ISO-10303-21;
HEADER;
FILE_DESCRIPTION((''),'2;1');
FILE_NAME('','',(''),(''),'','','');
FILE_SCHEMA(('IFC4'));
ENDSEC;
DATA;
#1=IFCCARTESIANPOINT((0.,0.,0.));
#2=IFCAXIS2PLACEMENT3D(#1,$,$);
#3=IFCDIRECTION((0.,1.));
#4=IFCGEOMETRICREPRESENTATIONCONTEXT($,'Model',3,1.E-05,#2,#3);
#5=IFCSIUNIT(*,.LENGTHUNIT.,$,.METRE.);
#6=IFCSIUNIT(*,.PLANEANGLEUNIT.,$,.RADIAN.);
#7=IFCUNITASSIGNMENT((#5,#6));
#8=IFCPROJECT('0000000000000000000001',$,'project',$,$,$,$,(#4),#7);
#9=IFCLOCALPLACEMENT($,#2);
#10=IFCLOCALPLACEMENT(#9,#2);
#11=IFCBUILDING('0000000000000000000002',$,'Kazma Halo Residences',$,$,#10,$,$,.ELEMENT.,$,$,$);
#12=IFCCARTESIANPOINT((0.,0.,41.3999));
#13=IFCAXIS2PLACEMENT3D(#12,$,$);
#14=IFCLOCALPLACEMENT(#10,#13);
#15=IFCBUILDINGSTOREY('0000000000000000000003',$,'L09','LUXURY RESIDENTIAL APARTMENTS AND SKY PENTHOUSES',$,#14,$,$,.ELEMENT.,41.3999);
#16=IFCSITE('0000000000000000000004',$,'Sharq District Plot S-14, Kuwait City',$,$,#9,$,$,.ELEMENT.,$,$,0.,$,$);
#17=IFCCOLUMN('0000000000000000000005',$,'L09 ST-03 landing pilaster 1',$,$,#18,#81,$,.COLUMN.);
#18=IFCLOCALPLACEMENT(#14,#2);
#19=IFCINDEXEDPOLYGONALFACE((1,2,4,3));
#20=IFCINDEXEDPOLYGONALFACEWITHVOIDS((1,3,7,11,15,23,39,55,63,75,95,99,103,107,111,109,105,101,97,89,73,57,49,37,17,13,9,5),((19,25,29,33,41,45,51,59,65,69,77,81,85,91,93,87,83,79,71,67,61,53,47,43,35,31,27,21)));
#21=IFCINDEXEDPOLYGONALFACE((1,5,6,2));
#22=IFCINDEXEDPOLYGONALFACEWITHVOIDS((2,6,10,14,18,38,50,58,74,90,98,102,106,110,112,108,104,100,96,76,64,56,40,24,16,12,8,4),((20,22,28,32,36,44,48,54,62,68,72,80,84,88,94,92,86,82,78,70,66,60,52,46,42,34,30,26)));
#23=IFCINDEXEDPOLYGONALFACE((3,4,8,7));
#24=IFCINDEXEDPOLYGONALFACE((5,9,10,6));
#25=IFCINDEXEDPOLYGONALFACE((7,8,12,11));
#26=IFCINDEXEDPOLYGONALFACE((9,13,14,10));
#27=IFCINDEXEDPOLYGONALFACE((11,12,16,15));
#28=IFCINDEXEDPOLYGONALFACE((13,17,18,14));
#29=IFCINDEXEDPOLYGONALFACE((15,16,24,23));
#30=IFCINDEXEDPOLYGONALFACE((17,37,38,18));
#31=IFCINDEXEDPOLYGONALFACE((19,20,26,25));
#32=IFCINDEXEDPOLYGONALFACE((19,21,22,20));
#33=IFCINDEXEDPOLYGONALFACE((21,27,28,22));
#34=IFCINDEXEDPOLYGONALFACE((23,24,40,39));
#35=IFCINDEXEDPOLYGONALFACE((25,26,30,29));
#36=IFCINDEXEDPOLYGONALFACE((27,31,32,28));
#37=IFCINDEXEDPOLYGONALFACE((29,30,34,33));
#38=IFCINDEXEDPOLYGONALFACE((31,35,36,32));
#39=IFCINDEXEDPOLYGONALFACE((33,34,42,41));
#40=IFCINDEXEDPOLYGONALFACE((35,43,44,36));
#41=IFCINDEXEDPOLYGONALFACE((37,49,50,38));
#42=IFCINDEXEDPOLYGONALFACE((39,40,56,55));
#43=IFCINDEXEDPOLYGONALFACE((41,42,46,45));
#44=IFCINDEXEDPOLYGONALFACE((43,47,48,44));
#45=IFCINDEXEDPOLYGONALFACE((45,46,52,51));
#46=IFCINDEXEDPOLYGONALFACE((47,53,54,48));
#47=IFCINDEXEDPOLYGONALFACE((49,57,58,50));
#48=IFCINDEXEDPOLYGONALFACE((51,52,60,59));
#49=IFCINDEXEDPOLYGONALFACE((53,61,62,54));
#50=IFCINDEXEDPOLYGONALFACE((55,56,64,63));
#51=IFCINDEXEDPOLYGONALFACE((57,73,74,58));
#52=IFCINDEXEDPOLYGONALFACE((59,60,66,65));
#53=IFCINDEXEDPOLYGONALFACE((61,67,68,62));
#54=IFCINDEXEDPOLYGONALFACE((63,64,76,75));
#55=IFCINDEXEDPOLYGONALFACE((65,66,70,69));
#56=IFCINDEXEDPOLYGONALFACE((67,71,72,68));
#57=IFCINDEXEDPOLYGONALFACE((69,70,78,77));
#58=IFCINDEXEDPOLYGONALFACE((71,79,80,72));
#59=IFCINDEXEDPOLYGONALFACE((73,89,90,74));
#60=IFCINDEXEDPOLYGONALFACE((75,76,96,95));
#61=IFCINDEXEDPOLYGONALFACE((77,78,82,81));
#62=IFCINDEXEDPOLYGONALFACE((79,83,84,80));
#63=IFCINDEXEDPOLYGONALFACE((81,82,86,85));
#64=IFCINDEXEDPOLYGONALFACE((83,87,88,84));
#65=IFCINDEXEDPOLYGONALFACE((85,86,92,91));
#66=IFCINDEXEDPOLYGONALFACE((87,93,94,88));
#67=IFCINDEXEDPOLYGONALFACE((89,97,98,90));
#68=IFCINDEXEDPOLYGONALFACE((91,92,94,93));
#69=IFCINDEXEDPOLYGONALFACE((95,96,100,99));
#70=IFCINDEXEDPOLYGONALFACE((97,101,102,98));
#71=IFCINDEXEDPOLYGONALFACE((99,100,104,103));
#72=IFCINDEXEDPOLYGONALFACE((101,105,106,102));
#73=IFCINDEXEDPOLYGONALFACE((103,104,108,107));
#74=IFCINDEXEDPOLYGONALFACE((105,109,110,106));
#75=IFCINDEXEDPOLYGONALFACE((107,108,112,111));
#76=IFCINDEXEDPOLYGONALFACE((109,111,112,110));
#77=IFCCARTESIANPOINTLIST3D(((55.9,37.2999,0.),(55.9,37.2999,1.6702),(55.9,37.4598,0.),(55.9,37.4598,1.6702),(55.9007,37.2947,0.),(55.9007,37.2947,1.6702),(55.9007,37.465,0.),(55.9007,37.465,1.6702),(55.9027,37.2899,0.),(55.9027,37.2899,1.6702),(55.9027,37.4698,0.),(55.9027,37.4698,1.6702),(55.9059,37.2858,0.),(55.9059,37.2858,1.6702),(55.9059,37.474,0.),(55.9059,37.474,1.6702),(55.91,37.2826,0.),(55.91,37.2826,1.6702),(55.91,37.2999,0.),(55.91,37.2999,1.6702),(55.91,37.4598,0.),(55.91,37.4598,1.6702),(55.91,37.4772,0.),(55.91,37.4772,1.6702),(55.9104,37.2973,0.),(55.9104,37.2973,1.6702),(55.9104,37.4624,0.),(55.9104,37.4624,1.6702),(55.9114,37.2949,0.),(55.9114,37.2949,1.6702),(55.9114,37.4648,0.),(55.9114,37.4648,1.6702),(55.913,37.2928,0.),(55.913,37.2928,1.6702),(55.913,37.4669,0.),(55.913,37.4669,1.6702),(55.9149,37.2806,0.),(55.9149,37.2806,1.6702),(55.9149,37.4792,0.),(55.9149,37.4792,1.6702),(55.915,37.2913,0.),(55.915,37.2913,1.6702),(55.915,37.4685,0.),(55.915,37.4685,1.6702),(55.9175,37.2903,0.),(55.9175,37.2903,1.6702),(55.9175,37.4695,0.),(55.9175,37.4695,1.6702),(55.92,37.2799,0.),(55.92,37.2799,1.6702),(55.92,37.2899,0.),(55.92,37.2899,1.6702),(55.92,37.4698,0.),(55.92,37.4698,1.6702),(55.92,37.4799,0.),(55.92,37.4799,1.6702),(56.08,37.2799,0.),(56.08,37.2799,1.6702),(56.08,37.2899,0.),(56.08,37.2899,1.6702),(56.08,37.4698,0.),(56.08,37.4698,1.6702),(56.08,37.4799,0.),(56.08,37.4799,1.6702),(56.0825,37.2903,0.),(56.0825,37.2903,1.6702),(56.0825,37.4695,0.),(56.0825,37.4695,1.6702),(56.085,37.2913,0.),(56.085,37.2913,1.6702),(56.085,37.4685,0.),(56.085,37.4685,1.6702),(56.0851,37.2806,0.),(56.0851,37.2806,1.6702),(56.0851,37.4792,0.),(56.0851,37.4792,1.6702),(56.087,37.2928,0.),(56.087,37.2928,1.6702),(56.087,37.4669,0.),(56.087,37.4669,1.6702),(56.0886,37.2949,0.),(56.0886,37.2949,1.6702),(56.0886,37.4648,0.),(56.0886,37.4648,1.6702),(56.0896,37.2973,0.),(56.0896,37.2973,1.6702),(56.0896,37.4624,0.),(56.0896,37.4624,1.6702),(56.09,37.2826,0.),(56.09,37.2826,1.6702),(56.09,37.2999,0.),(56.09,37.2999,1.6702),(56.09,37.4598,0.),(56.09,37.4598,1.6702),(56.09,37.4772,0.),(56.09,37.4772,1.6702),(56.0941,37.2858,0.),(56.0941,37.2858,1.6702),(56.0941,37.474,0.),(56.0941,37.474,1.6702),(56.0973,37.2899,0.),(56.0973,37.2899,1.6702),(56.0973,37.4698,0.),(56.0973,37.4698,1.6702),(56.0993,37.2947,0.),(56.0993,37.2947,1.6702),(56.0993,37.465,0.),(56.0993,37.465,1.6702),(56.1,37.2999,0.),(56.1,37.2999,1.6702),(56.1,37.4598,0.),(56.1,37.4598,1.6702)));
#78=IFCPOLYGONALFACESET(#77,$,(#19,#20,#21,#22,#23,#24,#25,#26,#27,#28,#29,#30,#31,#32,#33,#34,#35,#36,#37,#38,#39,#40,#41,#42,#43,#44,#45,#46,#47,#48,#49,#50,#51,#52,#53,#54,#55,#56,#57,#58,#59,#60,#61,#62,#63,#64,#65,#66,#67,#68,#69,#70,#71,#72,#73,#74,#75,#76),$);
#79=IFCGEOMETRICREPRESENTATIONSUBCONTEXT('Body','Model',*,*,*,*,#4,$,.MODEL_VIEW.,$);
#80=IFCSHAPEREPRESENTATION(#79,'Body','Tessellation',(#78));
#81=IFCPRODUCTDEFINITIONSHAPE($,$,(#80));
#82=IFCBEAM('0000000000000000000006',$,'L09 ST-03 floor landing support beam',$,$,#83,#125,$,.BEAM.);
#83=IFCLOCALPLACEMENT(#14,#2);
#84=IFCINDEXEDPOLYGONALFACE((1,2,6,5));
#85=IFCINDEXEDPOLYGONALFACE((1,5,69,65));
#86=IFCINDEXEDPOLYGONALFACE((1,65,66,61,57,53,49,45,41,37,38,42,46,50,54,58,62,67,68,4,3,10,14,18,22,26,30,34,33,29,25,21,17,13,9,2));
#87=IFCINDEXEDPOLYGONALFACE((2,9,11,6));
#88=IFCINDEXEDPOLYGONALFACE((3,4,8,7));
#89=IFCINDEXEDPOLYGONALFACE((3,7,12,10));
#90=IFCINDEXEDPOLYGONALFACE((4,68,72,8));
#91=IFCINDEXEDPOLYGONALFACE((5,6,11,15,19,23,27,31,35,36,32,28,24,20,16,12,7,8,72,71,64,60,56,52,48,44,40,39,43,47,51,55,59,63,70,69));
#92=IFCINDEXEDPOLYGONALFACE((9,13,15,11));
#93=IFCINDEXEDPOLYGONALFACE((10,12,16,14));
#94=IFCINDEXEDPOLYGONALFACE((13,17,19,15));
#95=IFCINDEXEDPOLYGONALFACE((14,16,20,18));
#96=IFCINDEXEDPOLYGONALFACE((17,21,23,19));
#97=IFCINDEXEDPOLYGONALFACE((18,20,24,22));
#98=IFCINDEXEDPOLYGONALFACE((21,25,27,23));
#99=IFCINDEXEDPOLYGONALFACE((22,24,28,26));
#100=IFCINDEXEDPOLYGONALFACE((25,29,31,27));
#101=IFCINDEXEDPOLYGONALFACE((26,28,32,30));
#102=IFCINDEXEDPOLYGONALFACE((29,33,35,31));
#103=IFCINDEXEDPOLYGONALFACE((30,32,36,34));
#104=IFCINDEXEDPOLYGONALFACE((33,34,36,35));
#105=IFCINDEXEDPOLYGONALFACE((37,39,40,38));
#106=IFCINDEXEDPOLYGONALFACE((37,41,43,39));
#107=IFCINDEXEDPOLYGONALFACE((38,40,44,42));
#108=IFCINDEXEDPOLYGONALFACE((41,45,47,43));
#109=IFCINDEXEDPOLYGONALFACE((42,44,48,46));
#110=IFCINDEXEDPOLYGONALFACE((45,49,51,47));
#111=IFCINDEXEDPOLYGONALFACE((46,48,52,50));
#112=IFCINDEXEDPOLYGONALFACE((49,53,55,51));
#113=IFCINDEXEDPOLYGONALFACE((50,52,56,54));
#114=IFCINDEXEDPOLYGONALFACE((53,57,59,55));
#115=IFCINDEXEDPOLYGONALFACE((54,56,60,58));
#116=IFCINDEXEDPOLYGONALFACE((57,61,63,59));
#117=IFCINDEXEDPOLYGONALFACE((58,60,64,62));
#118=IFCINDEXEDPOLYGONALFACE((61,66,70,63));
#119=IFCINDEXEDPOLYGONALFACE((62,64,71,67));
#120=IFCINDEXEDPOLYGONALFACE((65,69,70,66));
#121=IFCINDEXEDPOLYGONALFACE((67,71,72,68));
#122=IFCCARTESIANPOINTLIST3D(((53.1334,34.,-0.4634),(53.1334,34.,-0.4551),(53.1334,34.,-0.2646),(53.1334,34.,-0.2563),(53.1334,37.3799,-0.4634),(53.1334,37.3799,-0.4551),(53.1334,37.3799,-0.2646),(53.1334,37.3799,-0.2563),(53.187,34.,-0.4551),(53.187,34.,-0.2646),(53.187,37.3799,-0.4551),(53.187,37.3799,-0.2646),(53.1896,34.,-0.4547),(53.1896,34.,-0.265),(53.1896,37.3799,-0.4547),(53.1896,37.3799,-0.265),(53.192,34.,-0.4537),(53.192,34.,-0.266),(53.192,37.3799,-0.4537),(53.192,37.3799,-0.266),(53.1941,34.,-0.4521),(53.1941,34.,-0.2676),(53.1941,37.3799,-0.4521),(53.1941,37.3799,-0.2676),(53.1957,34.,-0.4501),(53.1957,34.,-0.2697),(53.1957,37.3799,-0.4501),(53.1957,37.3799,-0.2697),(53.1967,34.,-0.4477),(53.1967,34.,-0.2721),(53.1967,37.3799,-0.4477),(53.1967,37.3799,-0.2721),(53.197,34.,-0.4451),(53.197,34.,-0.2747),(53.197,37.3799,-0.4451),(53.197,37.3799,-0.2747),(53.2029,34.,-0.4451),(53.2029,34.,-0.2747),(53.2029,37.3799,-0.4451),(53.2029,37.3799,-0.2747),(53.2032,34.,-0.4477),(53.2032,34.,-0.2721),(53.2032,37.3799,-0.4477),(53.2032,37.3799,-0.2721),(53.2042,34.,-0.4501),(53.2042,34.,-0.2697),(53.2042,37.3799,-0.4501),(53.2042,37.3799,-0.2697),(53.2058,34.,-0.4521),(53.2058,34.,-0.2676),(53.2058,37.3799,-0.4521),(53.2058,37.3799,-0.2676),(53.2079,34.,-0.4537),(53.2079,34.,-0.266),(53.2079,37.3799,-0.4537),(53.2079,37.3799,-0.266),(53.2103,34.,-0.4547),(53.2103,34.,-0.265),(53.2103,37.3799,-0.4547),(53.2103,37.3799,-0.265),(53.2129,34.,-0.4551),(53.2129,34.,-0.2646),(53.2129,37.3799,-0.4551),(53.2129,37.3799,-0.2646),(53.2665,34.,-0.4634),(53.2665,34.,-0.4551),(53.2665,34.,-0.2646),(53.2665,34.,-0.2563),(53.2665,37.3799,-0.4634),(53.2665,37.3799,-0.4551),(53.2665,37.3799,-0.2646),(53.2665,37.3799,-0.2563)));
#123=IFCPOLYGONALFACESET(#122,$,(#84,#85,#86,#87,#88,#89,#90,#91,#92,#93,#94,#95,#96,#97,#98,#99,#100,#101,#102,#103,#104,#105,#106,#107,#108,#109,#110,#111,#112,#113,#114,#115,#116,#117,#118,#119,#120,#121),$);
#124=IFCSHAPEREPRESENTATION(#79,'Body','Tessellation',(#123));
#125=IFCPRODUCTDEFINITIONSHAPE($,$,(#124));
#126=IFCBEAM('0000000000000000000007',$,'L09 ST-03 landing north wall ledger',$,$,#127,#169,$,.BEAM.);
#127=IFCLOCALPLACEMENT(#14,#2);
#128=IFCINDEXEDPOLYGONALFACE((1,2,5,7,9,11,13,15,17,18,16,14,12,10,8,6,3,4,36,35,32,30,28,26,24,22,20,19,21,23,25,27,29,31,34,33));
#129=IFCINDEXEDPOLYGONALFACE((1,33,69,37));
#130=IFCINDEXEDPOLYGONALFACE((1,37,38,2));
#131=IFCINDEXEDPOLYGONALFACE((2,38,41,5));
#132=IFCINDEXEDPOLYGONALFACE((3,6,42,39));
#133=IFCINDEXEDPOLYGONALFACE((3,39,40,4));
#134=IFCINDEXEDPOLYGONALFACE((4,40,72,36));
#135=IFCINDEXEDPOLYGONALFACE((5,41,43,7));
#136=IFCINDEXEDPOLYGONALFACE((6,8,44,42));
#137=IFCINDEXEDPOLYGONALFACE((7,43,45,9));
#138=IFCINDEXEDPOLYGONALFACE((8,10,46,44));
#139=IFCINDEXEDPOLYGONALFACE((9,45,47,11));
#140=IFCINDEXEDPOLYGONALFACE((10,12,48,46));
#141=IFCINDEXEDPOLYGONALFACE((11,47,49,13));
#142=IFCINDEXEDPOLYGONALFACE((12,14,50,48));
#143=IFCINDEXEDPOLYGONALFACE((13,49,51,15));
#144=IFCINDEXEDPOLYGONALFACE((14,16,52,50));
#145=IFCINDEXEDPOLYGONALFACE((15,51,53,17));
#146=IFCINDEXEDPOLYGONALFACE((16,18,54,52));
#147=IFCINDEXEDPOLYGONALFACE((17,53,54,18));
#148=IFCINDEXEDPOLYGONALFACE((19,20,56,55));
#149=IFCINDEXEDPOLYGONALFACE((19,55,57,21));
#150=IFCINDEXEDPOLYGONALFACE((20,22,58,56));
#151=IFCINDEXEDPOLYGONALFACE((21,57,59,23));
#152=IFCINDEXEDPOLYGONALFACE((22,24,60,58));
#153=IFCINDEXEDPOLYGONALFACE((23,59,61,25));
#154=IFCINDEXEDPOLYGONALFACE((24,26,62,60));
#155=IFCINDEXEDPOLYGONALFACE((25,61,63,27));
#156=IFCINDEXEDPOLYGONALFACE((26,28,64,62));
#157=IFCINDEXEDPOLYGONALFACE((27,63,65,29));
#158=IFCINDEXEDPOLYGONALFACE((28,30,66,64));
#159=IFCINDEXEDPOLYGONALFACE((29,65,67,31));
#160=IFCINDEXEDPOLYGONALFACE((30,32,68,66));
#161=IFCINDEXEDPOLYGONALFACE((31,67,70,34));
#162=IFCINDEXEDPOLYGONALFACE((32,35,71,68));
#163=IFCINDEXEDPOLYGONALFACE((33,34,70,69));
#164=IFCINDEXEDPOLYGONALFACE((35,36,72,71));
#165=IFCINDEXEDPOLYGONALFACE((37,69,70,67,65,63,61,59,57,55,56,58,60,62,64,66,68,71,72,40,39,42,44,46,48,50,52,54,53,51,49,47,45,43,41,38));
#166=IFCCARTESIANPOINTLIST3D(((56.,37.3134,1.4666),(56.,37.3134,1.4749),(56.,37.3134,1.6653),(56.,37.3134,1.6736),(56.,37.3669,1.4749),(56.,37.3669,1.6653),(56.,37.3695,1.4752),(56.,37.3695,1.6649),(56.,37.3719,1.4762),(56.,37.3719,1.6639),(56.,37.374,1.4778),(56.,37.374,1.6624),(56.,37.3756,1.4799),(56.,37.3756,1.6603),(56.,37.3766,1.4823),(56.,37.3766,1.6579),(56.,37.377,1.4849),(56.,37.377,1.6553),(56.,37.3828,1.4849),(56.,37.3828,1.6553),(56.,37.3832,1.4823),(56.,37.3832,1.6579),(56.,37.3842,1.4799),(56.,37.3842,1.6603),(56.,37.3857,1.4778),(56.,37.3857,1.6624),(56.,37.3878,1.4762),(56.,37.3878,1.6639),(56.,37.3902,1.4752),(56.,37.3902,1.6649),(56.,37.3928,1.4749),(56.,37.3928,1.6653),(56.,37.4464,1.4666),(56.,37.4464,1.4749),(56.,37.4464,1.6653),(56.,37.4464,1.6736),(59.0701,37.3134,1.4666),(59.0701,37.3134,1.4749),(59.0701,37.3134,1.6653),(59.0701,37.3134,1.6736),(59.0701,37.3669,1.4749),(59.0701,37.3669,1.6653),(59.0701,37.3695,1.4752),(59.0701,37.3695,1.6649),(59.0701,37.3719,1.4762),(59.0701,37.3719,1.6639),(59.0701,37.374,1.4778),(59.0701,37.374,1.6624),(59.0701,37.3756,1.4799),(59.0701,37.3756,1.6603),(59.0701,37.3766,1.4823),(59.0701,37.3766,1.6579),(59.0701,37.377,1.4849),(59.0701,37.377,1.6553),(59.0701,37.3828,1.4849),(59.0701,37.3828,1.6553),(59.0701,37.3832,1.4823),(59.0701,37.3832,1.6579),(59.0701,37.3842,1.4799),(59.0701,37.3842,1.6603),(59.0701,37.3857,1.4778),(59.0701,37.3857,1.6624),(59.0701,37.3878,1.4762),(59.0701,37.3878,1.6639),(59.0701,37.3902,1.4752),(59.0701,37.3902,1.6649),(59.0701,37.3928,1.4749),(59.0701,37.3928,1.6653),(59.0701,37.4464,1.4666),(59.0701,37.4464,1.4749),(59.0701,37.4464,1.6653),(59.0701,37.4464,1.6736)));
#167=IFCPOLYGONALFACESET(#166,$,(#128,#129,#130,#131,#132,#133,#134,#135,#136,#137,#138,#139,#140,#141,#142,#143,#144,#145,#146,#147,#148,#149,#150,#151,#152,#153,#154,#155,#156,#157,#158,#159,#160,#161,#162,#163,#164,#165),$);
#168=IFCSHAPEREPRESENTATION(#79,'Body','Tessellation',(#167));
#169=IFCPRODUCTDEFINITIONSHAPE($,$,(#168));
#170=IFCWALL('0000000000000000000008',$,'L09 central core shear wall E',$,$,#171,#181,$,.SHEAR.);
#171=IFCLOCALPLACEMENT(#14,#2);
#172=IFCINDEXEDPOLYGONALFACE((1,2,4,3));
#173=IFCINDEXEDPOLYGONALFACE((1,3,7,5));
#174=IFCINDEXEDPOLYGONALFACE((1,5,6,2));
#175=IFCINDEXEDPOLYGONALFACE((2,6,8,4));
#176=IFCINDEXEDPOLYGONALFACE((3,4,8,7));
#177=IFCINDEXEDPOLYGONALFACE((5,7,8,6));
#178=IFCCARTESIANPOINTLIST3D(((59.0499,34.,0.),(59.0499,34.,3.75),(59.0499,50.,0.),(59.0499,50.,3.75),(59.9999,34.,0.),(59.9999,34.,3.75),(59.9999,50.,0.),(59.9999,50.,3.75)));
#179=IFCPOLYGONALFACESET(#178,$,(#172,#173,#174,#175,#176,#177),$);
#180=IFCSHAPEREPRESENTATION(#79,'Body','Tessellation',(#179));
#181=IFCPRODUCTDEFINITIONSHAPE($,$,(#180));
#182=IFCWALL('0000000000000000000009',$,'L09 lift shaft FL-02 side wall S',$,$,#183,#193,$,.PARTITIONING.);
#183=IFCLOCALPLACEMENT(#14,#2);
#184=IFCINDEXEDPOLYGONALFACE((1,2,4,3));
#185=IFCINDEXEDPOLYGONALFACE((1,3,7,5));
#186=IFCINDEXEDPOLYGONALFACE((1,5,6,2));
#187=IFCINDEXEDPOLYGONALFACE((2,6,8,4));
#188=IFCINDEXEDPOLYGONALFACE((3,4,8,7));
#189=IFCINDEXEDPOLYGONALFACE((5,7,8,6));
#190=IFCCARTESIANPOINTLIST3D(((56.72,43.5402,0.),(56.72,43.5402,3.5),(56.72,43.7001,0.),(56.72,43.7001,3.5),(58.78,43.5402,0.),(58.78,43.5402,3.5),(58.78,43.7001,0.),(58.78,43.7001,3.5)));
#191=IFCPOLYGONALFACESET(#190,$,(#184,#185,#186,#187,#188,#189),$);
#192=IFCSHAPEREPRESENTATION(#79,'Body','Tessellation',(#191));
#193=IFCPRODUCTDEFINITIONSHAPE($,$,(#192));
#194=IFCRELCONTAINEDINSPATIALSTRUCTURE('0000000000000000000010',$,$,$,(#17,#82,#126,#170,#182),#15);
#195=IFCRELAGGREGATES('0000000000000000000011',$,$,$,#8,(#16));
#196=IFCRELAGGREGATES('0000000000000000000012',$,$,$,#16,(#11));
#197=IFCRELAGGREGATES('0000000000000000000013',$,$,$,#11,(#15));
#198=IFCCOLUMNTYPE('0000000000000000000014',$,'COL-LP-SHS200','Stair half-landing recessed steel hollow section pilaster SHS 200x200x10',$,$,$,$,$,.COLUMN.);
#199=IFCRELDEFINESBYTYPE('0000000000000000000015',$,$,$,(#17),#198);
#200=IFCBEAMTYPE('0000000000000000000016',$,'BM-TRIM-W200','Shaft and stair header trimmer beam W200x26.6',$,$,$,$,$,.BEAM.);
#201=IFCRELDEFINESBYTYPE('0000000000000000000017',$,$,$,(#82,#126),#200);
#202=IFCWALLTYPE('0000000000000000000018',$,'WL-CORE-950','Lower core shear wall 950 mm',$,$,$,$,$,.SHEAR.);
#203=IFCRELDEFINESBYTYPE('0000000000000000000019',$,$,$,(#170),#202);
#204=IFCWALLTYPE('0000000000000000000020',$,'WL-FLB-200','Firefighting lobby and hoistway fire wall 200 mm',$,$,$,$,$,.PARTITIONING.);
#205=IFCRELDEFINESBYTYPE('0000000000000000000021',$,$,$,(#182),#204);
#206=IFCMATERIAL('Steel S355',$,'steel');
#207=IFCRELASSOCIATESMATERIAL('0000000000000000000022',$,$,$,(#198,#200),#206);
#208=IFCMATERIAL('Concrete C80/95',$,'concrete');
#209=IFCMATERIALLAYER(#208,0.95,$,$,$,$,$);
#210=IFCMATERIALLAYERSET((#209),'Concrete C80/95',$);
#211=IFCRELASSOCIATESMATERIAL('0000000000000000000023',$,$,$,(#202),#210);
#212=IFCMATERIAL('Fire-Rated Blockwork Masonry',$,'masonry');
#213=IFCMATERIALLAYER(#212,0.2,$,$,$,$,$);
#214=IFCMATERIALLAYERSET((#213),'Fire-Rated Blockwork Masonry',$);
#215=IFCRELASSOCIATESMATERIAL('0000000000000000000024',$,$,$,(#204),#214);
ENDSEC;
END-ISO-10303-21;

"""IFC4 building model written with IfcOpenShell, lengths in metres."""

from ifc_helpers import new_model, si_unit, direction, frame, frame_2d, origin, origin_2d, place, context, subcontext, project, spatial, rectangle, hollow_rectangle, i_section, extrude, material, layer, layer_set, material_profile, profile_set, type_object, element, save


model = new_model("IFC4")

# Units and contexts
model_context = context("Model", 3, precision=1e-05, world=origin(), true_north=direction((0.0, 1.0)))
body_context = subcontext(model_context, "Body", "Model", "MODEL_VIEW")
ifc_project = project(units=[si_unit("LENGTHUNIT", "METRE"), si_unit("PLANEANGLEUNIT", "RADIAN")], contexts=[model_context])

# Site, building, storey
site_placement = place(None, origin())
site = spatial("IfcSite", under=ifc_project, at=site_placement, Name="Sharq District Plot S-14, Kuwait City", CompositionType="ELEMENT", RefElevation=0.0)
building_placement = place(site_placement, origin())
building = spatial("IfcBuilding", under=site, at=building_placement, Name="Kazma Halo Residences", CompositionType="ELEMENT")
storey_placement = place(building_placement, frame((0.0, 0.0, 41.3999)))
storey = spatial("IfcBuildingStorey", under=building, at=storey_placement, Name="L09", Description="LUXURY RESIDENTIAL APARTMENTS AND SKY PENTHOUSES", CompositionType="ELEMENT", Elevation=41.3999)

# Column
ifc_material_1 = material(Name="Steel S355", Category="steel")
ifc_material_profile_1 = material_profile(ifc_material_1, hollow_rectangle(XDim=0.2, YDim=0.2, WallThickness=0.01, InnerFilletRadius=0.01, OuterFilletRadius=0.02, at=origin_2d()), Name="SHS200x200x10")
ifc_profile_set_1 = profile_set([ifc_material_profile_1], Name="Steel S355")
column_type = type_object("IfcColumnType", Name="COL-LP-SHS200", Description="Stair half-landing recessed steel hollow section pilaster SHS 200x200x10", PredefinedType="COLUMN", material=ifc_profile_set_1)
column_placement = place(storey_placement, frame((56.0, 37.3799, 0.0), z_axis=(0.0, 0.0, 1.0), x_axis=(1.0, 0.0, 0.0)))
element("IfcColumn", 1, at=column_placement, inside=storey, type_object=column_type, Name="L09 ST-03 landing pilaster 1", PredefinedType="COLUMN", context=body_context, shape_type="SweptSolid", body=[
    extrude(hollow_rectangle(XDim=0.2, YDim=0.2, WallThickness=0.01, InnerFilletRadius=0.01, OuterFilletRadius=0.02, at=origin_2d()), origin(), (0.0, 0.0, 1.0), 1.6702),
])

# Beams
ifc_material_profile_2 = material_profile(ifc_material_1, i_section(OverallWidth=0.1331, OverallDepth=0.207, WebThickness=0.0059, FlangeThickness=0.0083, FilletRadius=0.01, at=origin_2d()), Name="W200x26.6")
ifc_profile_set_2 = profile_set([ifc_material_profile_2], Name="Steel S355")
beam_type = type_object("IfcBeamType", Name="BM-TRIM-W200", Description="Shaft and stair header trimmer beam W200x26.6", PredefinedType="BEAM", material=ifc_profile_set_2)
beam_1_placement = place(storey_placement, frame((53.2, 34.0, -0.3599), z_axis=(0.0, 1.0, 0.0), x_axis=(-1.0, 0.0, 0.0)))
element("IfcBeam", 2, at=beam_1_placement, inside=storey, type_object=beam_type, Name="L09 ST-03 floor landing support beam", PredefinedType="BEAM", context=body_context, shape_type="SweptSolid", body=[
    extrude(i_section(OverallWidth=0.1331, OverallDepth=0.207, WebThickness=0.0059, FlangeThickness=0.0083, FilletRadius=0.01, at=origin_2d()), origin(), (0.0, 0.0, 1.0), 3.3799),
])
beam_2_placement = place(storey_placement, frame((56.0, 37.3799, 1.5701), z_axis=(1.0, 0.0, 0.0), x_axis=(0.0, 1.0, 0.0)))
element("IfcBeam", 3, at=beam_2_placement, inside=storey, type_object=beam_type, Name="L09 ST-03 landing north wall ledger", PredefinedType="BEAM", context=body_context, shape_type="SweptSolid", body=[
    extrude(i_section(OverallWidth=0.1331, OverallDepth=0.207, WebThickness=0.0059, FlangeThickness=0.0083, FilletRadius=0.01, at=origin_2d()), origin(), (0.0, 0.0, 1.0), 3.0701),
])

# Walls
ifc_material_2 = material(Name="Concrete C80/95", Category="concrete")
ifc_layer_1 = layer(ifc_material_2, 0.95)
ifc_layer_set_1 = layer_set([ifc_layer_1], Name="Concrete C80/95")
wall_type_1 = type_object("IfcWallType", Name="WL-CORE-950", Description="Lower core shear wall 950 mm", PredefinedType="SHEAR", material=ifc_layer_set_1)
wall_1_placement = place(storey_placement, frame((59.5249, 34.0, 0.0), z_axis=(0.0, 0.0, 1.0), x_axis=(0.0, 1.0, 0.0)))
element("IfcWall", 4, at=wall_1_placement, inside=storey, type_object=wall_type_1, Name="L09 central core shear wall E", PredefinedType="SHEAR", context=body_context, shape_type="SweptSolid", body=[
    extrude(rectangle(XDim=16.0, YDim=0.95, at=frame_2d((8.0, 0.0))), origin(), (0.0, 0.0, 1.0), 3.75),
])
ifc_material_3 = material(Name="Fire-Rated Blockwork Masonry", Category="masonry")
ifc_layer_2 = layer(ifc_material_3, 0.2)
ifc_layer_set_2 = layer_set([ifc_layer_2], Name="Fire-Rated Blockwork Masonry")
wall_type_2 = type_object("IfcWallType", Name="WL-FLB-200", Description="Firefighting lobby and hoistway fire wall 200 mm", PredefinedType="PARTITIONING", material=ifc_layer_set_2)
wall_2_placement = place(storey_placement, frame((56.72, 43.6201, 0.0), z_axis=(0.0, 0.0, 1.0), x_axis=(1.0, 0.0, 0.0)))
element("IfcWall", 5, at=wall_2_placement, inside=storey, type_object=wall_type_2, Name="L09 lift shaft FL-02 side wall S", PredefinedType="PARTITIONING", context=body_context, shape_type="SweptSolid", body=[
    extrude(rectangle(XDim=2.0601, YDim=0.1599, at=frame_2d((1.03, 0.0))), origin(), (0.0, 0.0, 1.0), 3.5),
])

save(model, "model.ifc")
